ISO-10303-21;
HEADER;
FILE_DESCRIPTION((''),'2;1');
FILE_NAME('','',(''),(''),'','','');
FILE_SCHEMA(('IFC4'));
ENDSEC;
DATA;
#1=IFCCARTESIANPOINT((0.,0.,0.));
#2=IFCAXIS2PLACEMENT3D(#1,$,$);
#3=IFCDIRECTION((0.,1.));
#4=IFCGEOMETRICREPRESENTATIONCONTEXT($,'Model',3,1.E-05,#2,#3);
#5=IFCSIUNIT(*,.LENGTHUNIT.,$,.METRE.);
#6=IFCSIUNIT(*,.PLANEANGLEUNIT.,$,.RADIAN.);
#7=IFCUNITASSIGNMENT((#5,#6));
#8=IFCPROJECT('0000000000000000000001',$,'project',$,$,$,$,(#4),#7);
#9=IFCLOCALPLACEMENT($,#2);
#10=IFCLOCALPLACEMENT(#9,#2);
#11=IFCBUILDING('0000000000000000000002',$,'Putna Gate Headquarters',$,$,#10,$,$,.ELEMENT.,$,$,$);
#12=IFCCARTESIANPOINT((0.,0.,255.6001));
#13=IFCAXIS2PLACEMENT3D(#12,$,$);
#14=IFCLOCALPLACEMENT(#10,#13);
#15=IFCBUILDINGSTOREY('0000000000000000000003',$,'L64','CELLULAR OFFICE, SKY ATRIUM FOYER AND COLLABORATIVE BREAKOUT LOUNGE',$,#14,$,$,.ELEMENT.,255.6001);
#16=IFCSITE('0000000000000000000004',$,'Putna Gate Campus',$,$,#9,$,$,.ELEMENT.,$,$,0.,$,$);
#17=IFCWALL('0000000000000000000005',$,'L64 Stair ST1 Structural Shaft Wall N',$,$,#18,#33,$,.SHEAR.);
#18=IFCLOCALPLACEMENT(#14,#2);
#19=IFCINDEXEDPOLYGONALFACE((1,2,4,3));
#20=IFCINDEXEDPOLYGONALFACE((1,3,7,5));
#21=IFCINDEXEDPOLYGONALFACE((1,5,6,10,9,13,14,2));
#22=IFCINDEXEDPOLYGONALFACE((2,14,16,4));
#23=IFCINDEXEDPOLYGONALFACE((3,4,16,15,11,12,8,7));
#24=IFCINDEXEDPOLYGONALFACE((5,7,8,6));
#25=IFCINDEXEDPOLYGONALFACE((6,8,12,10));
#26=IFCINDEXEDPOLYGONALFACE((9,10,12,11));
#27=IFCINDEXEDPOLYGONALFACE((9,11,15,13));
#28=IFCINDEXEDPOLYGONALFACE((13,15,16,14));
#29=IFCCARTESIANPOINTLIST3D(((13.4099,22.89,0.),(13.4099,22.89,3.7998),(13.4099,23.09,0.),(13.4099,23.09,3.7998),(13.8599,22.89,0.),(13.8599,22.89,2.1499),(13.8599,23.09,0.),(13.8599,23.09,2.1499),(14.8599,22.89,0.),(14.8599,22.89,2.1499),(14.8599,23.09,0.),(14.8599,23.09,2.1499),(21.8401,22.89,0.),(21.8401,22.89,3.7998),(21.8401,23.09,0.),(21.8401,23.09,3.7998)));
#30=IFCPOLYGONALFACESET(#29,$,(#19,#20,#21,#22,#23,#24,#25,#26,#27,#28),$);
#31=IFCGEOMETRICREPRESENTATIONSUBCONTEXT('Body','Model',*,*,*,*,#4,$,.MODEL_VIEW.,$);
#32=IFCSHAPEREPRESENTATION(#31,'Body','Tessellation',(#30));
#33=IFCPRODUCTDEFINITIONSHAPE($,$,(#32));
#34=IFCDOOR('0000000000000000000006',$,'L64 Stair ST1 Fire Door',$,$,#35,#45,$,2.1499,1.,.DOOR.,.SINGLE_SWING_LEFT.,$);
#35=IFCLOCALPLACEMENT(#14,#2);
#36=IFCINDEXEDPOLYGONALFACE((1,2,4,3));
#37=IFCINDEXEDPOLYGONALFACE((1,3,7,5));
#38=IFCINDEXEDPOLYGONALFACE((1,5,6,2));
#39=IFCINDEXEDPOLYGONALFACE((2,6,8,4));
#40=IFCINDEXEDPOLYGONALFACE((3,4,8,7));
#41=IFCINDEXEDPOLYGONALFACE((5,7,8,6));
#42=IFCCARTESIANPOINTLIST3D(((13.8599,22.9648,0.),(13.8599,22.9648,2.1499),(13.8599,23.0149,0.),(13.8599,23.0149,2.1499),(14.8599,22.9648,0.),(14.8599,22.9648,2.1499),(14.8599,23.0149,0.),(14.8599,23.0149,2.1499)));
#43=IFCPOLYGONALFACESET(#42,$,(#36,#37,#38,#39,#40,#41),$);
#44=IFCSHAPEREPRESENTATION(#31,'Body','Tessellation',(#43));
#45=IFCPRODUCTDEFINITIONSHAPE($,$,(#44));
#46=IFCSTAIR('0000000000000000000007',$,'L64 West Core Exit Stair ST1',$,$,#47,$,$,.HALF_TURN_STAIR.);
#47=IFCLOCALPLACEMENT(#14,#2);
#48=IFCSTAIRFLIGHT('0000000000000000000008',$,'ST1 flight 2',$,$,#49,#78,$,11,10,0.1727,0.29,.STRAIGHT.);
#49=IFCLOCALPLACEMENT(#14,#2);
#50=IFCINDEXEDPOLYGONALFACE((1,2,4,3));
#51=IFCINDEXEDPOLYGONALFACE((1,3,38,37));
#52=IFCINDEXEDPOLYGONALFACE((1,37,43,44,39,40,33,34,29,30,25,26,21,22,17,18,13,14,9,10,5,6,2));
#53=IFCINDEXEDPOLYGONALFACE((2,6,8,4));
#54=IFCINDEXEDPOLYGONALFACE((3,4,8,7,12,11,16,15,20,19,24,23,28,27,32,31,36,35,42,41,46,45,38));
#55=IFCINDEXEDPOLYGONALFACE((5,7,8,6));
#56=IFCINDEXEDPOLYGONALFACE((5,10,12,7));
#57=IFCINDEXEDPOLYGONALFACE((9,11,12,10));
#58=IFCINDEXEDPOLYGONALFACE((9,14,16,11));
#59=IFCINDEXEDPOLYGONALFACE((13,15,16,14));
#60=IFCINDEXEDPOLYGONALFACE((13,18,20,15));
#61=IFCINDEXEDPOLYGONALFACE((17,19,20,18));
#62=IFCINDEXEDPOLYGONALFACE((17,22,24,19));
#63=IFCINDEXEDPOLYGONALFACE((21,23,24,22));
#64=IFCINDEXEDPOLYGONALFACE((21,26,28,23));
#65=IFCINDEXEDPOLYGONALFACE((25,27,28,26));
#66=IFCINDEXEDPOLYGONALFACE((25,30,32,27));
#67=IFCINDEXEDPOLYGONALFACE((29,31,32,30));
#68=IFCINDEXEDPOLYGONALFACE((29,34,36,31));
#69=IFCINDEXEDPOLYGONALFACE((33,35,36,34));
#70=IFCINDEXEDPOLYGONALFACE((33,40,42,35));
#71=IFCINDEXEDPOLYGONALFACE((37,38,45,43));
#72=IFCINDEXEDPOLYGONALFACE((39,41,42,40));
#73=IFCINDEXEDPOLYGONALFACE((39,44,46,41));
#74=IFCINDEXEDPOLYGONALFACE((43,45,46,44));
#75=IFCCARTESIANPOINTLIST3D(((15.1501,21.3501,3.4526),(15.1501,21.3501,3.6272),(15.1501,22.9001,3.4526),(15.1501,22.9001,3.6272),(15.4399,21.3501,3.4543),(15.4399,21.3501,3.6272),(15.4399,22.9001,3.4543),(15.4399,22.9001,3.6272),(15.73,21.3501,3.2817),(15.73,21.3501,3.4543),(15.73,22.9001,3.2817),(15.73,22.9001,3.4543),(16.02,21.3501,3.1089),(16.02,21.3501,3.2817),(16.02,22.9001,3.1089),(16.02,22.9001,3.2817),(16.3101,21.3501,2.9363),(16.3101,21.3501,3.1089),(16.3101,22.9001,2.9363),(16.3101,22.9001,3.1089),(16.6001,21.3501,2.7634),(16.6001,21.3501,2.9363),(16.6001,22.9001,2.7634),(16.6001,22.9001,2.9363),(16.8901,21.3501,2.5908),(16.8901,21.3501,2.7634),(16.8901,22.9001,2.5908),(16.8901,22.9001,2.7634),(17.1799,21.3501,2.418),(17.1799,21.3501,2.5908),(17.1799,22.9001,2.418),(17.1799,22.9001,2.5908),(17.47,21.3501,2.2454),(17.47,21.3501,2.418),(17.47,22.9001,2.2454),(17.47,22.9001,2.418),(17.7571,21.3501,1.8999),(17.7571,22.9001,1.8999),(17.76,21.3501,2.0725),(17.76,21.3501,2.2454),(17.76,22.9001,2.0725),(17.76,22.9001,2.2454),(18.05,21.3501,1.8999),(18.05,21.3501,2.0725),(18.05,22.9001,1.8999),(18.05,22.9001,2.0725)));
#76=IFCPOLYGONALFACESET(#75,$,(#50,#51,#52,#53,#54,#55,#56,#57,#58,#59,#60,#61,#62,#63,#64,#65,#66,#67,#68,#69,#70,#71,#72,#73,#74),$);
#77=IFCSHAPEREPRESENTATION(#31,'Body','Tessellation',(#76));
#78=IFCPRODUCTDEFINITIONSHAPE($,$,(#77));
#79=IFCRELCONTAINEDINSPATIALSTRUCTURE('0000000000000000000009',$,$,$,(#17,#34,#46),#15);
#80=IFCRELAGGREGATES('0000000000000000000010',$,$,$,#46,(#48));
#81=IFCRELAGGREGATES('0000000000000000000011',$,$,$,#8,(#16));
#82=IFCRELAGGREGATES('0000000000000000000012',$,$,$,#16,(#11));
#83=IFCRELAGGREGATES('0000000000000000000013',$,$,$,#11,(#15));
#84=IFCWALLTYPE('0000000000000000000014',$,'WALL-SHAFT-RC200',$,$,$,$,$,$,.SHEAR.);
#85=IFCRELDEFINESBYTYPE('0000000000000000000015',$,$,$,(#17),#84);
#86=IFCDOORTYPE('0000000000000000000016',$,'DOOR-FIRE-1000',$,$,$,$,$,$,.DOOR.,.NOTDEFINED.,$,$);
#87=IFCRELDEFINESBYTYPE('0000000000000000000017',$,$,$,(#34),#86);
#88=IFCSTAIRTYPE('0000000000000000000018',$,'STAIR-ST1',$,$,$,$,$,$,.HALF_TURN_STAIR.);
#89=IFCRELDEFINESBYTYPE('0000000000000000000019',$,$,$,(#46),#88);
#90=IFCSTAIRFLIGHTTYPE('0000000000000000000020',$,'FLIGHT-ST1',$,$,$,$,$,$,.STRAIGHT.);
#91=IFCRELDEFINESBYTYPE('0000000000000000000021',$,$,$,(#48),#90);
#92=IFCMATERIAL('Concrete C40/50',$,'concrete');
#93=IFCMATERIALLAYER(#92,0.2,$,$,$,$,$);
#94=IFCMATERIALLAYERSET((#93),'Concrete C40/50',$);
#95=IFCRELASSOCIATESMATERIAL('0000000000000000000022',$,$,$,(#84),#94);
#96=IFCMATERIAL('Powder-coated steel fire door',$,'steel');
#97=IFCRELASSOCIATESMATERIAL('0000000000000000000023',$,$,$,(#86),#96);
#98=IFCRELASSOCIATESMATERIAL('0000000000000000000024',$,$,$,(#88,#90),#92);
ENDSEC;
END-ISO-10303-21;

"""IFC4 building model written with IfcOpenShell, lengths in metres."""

from ifc_helpers import new_model, si_unit, direction, frame, frame_2d, origin, place, context, subcontext, project, spatial, polyline, rectangle, outline, extrude, material, layer, layer_set, type_object, element, fill, aggregate, save


model = new_model("IFC4")

# Units and contexts
model_context = context("Model", 3, precision=1e-05, world=origin(), true_north=direction((0.0, 1.0)))
body_context = subcontext(model_context, "Body", "Model", "MODEL_VIEW")
ifc_project = project(units=[si_unit("LENGTHUNIT", "METRE"), si_unit("PLANEANGLEUNIT", "RADIAN")], contexts=[model_context])

# Site, building, storey
site_placement = place(None, origin())
site = spatial("IfcSite", under=ifc_project, at=site_placement, Name="Putna Gate Campus", CompositionType="ELEMENT", RefElevation=0.0)
building_placement = place(site_placement, origin())
building = spatial("IfcBuilding", under=site, at=building_placement, Name="Putna Gate Headquarters", CompositionType="ELEMENT")
storey_placement = place(building_placement, frame((0.0, 0.0, 255.6001)))
storey = spatial("IfcBuildingStorey", under=building, at=storey_placement, Name="L64", Description="CELLULAR OFFICE, SKY ATRIUM FOYER AND COLLABORATIVE BREAKOUT LOUNGE", CompositionType="ELEMENT", Elevation=255.6001)

# Shared definitions
ifc_material_1 = material(Name="Concrete C40/50", Category="concrete")

# Wall, opening, door
ifc_layer_1 = layer(ifc_material_1, 0.2)
ifc_layer_set_1 = layer_set([ifc_layer_1], Name="Concrete C40/50")
wall_type_1 = type_object("IfcWallType", Name="WALL-SHAFT-RC200", PredefinedType="SHEAR", material=ifc_layer_set_1)
wall_1_placement = place(storey_placement, frame((13.4099, 22.99, 0.0), z_axis=(0.0, 0.0, 1.0), x_axis=(1.0, 0.0, 0.0)))
wall_1 = element("IfcWall", 1, at=wall_1_placement, inside=storey, type_object=wall_type_1, Name="L64 Stair ST1 Structural Shaft Wall N", PredefinedType="SHEAR", context=body_context, shape_type="SweptSolid", body=[
    extrude(rectangle(XDim=8.4302, YDim=0.2, at=frame_2d((4.2151, 0.0))), origin(), (0.0, 0.0, 1.0), 3.7998),
])
opening_1_placement = place(wall_1_placement, frame((0.45, 0.0, 0.0)))
opening_1 = element("IfcOpeningElement", 2, at=opening_1_placement, cuts=wall_1, PredefinedType="OPENING", context=body_context, shape_type="SweptSolid", body=[
    extrude(rectangle(XDim=1.0, YDim=2.1499, at=frame_2d((0.5, 1.075))), frame((0.0, 0.1099, 0.0), z_axis=(0.0, -1.0, 0.0), x_axis=(1.0, 0.0, 0.0)), (0.0, 0.0, 1.0), 0.22),
])
ifc_material_2 = material(Name="Powder-coated steel fire door", Category="steel")
door_type_1 = type_object("IfcDoorType", Name="DOOR-FIRE-1000", OperationType="NOTDEFINED", PredefinedType="DOOR", material=ifc_material_2)
door_1_placement = place(opening_1_placement, origin())
door_1 = element("IfcDoor", 3, at=door_1_placement, inside=storey, type_object=door_type_1, Name="L64 Stair ST1 Fire Door", OperationType="SINGLE_SWING_LEFT", OverallHeight=2.1499, OverallWidth=1.0, PredefinedType="DOOR", context=body_context, shape_type="SweptSolid", body=[
    extrude(rectangle(XDim=1.0, YDim=2.1499, at=frame_2d((0.5, 1.075))), frame((0.0, 0.0249, 0.0), z_axis=(0.0, -1.0, 0.0), x_axis=(1.0, 0.0, 0.0)), (0.0, 0.0, 1.0), 0.05),
])
fill(opening_1, door_1)

# Stair, stair flight
stair_type = type_object("IfcStairType", Name="STAIR-ST1", PredefinedType="HALF_TURN_STAIR", material=ifc_material_1)
stair_placement = place(storey_placement, origin())
stair = element("IfcStair", 4, at=stair_placement, inside=storey, type_object=stair_type, Name="L64 West Core Exit Stair ST1", PredefinedType="HALF_TURN_STAIR")
stair_flight_type = type_object("IfcStairFlightType", Name="FLIGHT-ST1", PredefinedType="STRAIGHT", material=ifc_material_1)
stair_flight_placement = place(storey_placement, frame((18.05, 22.125, 1.8999), z_axis=(0.0, 0.0, 1.0), x_axis=(-1.0, 0.0, 0.0)))
stair_flight = element("IfcStairFlight", 5, at=stair_flight_placement, type_object=stair_flight_type, Name="ST1 flight 2", NumberOfRisers=11, NumberOfTreads=10, PredefinedType="STRAIGHT", RiserHeight=0.1727, TreadLength=0.29, context=body_context, shape_type="SweptSolid", body=[
    extrude(outline(polyline([(0.0, 0.0), (0.0, 0.1726), (0.29, 0.1726), (0.29, 0.3455), (0.5801, 0.3455), (0.5801, 0.5181), (0.8701, 0.5181), (0.8701, 0.6909), (1.1599, 0.6909), (1.1599, 0.8635), (1.45, 0.8635), (1.45, 1.0364), (1.74, 1.0364), (1.74, 1.209), (2.03, 1.209), (2.03, 1.3818), (2.3201, 1.3818), (2.3201, 1.5544), (2.6101, 1.5544), (2.6101, 1.7273), (2.8999, 1.7273), (2.8999, 1.8999), (2.8999, 1.5527), (0.293, 0.0), (0.0, 0.0)])), frame((0.0, 0.7749, 0.0), z_axis=(0.0, -1.0, 0.0), x_axis=(1.0, 0.0, 0.0)), (0.0, 0.0, 1.0), 1.55),
])
aggregate(stair, [stair_flight])

save(model, "model.ifc")
